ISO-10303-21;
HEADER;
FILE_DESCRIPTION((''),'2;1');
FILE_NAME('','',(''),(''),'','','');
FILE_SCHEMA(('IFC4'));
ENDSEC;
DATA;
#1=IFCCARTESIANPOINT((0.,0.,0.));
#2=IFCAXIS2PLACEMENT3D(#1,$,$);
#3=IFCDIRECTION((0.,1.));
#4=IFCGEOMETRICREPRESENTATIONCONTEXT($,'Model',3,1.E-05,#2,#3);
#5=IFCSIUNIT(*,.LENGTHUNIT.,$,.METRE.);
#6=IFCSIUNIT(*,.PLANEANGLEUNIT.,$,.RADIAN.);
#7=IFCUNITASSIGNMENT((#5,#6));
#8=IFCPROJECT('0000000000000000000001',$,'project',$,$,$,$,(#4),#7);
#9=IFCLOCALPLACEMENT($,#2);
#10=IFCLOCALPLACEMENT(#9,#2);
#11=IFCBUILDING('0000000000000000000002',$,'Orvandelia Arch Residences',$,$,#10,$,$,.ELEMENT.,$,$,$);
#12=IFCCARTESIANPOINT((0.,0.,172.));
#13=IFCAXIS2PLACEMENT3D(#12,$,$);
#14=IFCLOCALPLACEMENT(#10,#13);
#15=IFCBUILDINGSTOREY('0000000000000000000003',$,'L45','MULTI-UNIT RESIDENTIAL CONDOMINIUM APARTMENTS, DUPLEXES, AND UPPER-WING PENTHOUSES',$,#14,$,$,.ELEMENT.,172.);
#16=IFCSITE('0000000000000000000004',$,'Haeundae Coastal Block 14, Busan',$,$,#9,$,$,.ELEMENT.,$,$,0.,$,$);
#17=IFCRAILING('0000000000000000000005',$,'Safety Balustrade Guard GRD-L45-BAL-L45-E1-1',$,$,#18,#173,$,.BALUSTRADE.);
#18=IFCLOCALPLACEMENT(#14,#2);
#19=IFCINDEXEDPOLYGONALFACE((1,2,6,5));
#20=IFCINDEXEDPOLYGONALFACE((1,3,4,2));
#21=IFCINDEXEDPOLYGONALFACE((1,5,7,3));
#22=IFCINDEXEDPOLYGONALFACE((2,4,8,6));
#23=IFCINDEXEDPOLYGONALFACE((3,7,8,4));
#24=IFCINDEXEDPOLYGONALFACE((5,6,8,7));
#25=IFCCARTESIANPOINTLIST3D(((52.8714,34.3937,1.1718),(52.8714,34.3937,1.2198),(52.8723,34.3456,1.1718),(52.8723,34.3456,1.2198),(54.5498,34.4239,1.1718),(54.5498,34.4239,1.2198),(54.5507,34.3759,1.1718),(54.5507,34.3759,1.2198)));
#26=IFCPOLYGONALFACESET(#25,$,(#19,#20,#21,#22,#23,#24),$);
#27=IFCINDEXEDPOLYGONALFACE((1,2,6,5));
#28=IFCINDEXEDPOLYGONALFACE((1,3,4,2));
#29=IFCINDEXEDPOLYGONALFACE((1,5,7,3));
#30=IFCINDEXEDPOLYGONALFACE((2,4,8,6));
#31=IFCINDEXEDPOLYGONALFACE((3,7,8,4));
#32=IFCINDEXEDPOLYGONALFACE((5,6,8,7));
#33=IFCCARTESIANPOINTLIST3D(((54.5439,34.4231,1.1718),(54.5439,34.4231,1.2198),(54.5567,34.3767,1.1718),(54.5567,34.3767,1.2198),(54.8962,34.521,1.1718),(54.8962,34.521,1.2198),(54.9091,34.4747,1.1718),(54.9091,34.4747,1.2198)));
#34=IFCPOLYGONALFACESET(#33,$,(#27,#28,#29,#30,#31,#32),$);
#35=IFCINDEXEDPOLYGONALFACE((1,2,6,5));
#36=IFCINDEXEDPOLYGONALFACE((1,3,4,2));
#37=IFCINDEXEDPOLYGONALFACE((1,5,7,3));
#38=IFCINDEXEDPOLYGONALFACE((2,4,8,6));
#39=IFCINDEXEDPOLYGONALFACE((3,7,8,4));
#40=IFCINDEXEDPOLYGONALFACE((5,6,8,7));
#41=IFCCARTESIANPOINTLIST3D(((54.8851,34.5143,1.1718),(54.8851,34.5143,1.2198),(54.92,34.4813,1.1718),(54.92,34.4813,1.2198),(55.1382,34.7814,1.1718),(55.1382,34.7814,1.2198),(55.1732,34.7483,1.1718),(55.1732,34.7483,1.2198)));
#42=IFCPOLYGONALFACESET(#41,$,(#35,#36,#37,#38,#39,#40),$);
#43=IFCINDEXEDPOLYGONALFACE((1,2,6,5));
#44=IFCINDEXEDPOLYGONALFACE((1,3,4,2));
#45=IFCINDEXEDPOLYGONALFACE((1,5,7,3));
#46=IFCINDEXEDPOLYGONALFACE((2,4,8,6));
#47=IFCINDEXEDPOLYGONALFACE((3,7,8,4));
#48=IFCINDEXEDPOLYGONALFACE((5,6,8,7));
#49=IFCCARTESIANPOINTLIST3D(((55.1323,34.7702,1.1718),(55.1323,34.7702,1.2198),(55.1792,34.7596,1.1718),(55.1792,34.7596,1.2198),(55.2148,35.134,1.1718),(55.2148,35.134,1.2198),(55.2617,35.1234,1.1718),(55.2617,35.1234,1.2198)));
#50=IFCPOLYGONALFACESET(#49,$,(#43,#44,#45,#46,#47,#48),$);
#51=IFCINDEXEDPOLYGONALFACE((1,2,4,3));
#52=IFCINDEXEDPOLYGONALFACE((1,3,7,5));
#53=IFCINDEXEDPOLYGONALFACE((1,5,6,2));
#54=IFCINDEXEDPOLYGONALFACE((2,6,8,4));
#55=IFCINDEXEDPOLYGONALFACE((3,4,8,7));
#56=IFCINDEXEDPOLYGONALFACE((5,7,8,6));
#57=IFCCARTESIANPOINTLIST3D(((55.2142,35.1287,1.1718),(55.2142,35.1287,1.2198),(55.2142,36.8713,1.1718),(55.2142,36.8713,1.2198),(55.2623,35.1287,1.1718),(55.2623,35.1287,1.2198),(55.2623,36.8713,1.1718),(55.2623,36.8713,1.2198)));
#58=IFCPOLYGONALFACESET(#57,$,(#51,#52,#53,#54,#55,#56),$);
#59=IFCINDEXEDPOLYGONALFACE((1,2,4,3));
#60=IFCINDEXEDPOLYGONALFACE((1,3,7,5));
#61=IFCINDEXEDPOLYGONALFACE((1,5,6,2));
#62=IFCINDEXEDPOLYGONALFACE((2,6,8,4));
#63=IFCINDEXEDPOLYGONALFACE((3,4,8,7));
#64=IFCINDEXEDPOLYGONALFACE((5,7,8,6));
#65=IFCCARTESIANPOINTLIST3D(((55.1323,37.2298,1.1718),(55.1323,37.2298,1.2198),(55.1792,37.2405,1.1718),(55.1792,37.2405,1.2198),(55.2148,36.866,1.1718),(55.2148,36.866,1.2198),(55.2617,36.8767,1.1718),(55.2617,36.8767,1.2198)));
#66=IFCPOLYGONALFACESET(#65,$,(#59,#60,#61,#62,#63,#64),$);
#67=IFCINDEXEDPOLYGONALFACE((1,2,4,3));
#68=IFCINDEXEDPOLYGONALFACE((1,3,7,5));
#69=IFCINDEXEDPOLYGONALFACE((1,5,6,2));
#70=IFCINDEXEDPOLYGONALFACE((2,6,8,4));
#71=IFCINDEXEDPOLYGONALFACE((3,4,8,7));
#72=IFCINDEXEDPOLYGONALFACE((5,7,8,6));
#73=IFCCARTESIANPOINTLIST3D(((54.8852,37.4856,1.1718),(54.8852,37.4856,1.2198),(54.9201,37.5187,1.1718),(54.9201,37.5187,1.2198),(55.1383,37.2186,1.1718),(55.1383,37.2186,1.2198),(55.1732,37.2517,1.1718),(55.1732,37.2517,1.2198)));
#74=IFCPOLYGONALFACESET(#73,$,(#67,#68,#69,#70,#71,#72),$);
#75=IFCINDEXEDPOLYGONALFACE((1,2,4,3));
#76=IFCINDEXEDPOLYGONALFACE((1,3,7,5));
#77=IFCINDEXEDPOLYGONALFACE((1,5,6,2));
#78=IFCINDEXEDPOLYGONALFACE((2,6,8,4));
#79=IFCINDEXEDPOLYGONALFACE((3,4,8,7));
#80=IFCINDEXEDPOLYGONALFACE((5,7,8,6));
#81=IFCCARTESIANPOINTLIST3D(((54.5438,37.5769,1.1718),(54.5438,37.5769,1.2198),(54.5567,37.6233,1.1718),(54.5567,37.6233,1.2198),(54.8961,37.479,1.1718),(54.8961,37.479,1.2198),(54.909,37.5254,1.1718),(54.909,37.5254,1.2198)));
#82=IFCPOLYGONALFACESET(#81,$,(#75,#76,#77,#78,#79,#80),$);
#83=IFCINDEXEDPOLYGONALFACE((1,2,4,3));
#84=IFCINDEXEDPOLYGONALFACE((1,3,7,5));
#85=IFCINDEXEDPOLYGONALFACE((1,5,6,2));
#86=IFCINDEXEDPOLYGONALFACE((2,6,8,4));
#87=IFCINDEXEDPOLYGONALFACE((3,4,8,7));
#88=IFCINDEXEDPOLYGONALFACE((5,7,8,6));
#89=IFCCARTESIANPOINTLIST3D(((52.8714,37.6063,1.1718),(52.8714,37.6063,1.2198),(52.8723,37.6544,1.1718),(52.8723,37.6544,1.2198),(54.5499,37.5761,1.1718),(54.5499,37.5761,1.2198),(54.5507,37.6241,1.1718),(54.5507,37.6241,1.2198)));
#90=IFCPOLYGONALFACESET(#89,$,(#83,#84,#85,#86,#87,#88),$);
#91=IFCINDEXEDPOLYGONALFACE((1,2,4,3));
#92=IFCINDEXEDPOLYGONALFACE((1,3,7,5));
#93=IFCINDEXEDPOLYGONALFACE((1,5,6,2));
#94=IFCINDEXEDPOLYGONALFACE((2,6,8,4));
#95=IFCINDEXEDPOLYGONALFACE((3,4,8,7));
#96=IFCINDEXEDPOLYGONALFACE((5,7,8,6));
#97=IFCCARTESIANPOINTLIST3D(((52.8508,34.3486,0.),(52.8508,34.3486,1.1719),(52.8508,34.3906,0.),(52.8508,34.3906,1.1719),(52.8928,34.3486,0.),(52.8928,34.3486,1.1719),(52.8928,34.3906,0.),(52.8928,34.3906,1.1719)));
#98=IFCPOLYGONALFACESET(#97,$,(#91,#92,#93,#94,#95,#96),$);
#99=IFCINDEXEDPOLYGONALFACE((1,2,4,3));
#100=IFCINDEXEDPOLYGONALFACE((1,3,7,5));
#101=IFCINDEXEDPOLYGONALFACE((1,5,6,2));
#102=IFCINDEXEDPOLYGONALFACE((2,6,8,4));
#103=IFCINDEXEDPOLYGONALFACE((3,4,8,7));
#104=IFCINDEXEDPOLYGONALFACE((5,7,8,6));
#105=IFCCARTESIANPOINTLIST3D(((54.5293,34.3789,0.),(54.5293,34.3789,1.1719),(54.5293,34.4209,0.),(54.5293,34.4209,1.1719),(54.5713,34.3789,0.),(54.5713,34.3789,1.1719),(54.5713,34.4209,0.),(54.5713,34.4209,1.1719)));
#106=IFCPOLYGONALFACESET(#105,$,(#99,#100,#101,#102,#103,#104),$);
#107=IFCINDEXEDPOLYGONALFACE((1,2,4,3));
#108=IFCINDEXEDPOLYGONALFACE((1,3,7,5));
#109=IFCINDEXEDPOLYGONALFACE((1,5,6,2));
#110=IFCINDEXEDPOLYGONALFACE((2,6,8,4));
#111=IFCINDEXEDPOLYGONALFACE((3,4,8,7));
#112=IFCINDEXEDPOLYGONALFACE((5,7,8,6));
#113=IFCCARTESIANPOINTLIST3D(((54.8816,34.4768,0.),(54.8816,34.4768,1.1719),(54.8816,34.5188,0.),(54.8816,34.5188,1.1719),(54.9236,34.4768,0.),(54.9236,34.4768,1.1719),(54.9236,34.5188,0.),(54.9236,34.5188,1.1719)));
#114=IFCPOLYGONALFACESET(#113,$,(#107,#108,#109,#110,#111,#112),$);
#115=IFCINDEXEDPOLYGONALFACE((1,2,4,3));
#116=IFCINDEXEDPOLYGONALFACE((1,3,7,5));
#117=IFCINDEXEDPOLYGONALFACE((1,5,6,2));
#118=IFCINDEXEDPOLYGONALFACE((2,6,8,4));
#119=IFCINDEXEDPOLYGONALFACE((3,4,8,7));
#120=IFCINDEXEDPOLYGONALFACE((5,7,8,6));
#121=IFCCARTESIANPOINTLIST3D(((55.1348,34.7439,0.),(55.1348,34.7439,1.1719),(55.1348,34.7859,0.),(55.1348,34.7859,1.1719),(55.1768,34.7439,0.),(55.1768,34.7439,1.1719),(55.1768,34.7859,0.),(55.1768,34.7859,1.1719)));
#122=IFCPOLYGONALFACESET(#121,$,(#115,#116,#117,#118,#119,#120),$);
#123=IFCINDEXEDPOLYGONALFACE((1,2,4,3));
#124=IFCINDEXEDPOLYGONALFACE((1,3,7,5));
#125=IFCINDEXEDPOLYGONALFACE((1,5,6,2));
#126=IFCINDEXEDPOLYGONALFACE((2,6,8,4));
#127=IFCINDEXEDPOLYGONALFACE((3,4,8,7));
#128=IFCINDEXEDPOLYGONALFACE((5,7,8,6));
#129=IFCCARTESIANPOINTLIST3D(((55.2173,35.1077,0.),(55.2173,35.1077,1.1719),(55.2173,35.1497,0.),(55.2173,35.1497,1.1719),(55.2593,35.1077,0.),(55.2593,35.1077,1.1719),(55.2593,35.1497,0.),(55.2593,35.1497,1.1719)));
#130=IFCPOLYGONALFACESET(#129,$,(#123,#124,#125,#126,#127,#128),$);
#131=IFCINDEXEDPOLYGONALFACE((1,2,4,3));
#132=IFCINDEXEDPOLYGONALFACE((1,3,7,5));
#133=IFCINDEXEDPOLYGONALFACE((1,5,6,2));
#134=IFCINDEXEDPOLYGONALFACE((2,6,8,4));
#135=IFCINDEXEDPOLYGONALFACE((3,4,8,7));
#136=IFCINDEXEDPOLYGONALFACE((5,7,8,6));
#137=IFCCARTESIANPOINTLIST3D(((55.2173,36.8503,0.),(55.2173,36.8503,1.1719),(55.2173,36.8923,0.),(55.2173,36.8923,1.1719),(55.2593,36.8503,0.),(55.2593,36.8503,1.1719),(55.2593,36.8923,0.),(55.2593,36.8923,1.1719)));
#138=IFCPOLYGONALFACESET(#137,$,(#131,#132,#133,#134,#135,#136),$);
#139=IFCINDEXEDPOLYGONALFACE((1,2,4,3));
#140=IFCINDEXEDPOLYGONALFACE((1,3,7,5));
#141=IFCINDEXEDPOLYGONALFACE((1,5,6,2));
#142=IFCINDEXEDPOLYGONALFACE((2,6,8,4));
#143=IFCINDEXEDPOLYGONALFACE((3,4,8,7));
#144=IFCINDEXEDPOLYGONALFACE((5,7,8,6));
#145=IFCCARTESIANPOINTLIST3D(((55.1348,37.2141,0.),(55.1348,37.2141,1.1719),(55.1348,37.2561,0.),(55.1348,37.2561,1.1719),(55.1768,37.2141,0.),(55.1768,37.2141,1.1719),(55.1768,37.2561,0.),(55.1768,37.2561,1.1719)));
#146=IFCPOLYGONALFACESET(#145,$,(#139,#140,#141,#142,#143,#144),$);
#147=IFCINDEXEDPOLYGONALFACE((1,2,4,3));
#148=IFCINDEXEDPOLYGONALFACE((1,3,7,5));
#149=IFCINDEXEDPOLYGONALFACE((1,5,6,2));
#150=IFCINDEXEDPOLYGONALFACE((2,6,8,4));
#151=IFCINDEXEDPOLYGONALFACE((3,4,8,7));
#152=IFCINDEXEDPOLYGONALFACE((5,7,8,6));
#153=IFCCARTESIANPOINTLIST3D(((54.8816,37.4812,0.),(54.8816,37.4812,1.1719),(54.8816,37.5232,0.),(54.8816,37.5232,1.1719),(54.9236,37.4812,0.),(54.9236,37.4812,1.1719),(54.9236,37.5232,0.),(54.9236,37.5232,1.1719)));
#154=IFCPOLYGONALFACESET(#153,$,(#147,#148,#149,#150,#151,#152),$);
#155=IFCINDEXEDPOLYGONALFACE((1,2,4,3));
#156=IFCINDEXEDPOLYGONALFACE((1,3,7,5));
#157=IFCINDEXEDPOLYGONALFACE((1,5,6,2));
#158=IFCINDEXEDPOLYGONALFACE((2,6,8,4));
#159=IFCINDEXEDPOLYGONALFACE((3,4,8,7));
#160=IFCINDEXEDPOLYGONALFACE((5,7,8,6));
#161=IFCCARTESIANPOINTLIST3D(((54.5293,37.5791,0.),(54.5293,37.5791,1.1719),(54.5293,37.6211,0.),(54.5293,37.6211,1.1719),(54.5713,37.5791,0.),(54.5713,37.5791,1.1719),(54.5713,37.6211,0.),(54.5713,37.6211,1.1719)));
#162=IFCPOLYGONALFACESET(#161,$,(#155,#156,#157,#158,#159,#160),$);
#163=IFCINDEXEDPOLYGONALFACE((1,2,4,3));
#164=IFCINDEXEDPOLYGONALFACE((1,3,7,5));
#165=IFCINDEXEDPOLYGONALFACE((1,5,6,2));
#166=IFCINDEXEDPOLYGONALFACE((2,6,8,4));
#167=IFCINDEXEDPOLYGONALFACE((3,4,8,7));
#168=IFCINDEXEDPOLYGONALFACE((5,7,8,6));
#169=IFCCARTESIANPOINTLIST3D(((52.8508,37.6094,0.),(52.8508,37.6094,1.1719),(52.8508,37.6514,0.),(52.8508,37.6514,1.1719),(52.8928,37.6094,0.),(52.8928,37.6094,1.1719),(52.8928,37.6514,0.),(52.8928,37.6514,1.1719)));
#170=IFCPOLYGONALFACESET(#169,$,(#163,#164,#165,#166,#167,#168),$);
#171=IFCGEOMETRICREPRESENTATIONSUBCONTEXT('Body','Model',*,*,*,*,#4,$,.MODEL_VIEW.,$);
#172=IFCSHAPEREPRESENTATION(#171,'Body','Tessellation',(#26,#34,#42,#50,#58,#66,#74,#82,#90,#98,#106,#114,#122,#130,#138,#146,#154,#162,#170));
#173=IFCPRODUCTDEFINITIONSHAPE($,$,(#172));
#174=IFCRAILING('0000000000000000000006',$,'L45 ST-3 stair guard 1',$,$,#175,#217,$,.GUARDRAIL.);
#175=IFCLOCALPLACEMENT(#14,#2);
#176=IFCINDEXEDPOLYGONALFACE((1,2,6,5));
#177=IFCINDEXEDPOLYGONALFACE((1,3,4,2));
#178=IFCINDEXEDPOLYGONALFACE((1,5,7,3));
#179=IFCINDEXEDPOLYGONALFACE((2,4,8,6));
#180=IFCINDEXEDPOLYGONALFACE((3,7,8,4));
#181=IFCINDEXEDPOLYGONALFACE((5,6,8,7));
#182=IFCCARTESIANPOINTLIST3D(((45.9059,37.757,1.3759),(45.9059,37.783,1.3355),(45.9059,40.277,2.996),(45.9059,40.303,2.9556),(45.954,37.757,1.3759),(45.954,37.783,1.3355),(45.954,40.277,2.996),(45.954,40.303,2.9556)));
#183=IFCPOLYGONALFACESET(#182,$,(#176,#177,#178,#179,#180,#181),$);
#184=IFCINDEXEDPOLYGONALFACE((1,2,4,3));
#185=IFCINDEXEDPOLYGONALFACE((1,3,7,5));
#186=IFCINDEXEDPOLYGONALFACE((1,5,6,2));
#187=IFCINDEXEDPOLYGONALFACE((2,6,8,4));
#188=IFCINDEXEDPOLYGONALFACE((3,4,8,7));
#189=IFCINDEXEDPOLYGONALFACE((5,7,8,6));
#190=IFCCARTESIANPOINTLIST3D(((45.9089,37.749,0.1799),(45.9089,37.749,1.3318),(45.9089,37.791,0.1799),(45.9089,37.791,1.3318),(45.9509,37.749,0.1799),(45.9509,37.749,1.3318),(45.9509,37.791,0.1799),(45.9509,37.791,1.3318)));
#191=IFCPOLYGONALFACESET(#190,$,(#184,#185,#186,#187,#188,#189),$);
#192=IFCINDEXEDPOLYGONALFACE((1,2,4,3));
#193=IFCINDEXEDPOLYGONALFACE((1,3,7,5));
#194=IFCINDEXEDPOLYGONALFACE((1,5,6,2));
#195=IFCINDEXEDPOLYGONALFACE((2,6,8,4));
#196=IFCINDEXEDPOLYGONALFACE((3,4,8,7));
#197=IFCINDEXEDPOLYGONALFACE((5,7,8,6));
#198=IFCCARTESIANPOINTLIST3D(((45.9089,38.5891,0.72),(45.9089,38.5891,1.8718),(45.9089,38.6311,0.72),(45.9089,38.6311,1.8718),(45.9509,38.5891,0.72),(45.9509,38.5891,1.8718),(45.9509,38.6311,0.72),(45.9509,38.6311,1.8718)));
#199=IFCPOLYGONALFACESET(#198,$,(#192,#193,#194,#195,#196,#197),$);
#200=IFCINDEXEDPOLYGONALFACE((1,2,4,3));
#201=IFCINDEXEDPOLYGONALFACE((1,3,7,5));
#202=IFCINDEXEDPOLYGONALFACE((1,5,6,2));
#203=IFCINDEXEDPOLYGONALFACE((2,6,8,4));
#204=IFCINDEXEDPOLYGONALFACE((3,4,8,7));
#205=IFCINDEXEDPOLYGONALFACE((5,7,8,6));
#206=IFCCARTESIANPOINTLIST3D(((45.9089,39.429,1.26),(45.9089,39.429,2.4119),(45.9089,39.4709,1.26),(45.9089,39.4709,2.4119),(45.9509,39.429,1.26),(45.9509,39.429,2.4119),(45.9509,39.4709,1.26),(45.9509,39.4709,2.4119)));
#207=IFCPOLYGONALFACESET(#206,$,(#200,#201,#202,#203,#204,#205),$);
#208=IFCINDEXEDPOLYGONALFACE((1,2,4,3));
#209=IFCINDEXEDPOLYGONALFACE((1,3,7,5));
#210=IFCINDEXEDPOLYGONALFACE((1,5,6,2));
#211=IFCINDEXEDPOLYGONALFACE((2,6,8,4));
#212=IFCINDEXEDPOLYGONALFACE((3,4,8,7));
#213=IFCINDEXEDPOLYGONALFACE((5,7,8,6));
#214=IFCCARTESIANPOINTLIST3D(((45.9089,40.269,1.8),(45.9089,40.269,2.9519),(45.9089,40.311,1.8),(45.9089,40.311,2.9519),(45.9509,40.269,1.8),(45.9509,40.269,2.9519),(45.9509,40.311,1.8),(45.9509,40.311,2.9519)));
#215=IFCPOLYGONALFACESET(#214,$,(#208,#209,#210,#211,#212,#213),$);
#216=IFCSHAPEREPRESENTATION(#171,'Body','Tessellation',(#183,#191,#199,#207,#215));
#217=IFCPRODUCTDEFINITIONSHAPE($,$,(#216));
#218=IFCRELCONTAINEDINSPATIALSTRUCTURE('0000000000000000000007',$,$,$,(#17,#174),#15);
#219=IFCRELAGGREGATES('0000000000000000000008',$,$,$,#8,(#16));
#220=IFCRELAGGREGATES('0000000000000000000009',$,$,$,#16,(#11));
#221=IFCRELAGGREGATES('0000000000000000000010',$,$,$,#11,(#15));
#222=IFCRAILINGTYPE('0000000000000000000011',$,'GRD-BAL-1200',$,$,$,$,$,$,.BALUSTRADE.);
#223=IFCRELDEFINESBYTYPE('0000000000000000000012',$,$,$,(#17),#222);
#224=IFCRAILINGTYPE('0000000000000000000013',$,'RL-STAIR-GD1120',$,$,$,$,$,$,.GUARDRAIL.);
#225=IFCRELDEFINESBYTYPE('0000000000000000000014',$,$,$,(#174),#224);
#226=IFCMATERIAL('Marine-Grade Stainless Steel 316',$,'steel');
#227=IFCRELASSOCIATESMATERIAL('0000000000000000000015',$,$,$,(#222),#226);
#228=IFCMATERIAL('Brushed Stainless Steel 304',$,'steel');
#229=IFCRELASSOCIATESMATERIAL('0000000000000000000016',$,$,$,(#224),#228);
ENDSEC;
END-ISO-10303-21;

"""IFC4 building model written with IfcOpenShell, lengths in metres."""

from ifc_helpers import new_model, si_unit, direction, frame, origin, origin_2d, place, context, subcontext, project, spatial, rectangle, extrude, material, type_object, element, save


model = new_model("IFC4")

# Units and contexts
model_context = context("Model", 3, precision=1e-05, world=origin(), true_north=direction((0.0, 1.0)))
body_context = subcontext(model_context, "Body", "Model", "MODEL_VIEW")
ifc_project = project(units=[si_unit("LENGTHUNIT", "METRE"), si_unit("PLANEANGLEUNIT", "RADIAN")], contexts=[model_context])

# Site, building, storey
site_placement = place(None, origin())
site = spatial("IfcSite", under=ifc_project, at=site_placement, Name="Haeundae Coastal Block 14, Busan", CompositionType="ELEMENT", RefElevation=0.0)
building_placement = place(site_placement, origin())
building = spatial("IfcBuilding", under=site, at=building_placement, Name="Orvandelia Arch Residences", CompositionType="ELEMENT")
storey_placement = place(building_placement, frame((0.0, 0.0, 172.0)))
storey = spatial("IfcBuildingStorey", under=building, at=storey_placement, Name="L45", Description="MULTI-UNIT RESIDENTIAL CONDOMINIUM APARTMENTS, DUPLEXES, AND UPPER-WING PENTHOUSES", CompositionType="ELEMENT", Elevation=172.0)

# Railings
ifc_material_1 = material(Name="Marine-Grade Stainless Steel 316", Category="steel")
railing_type_1 = type_object("IfcRailingType", Name="GRD-BAL-1200", PredefinedType="BALUSTRADE", material=ifc_material_1)
railing_1_placement = place(storey_placement, frame((52.8718, 34.3696, 0.0)))
element("IfcRailing", 1, at=railing_1_placement, inside=storey, type_object=railing_type_1, Name="Safety Balustrade Guard GRD-L45-BAL-L45-E1-1", PredefinedType="BALUSTRADE", context=body_context, shape_type="SweptSolid", body=[
    extrude(rectangle(XDim=0.0481, YDim=0.0481, at=origin_2d()), frame((0.0, 0.0, 1.1958), z_axis=(0.999837, 0.018033, 0.0), x_axis=(-0.018033, 0.999837, 0.0)), (0.0, 0.0, 1.0), 1.6787),
    extrude(rectangle(XDim=0.0481, YDim=0.0481, at=origin_2d()), frame((1.6785, 0.0303, 1.1958), z_axis=(0.963489, 0.267747, 0.0), x_axis=(-0.267747, 0.963489, 0.0)), (0.0, 0.0, 1.0), 0.3657),
    extrude(rectangle(XDim=0.0481, YDim=0.0481, at=origin_2d()), frame((2.0308, 0.1282, 1.1958), z_axis=(0.687947, 0.725761, 0.0), x_axis=(-0.725761, 0.687947, 0.0)), (0.0, 0.0, 1.0), 0.3679),
    extrude(rectangle(XDim=0.0481, YDim=0.0481, at=origin_2d()), frame((2.2839, 0.3953, 1.1958), z_axis=(0.221225, 0.975223, 0.0), x_axis=(-0.975223, 0.221225, 0.0)), (0.0, 0.0, 1.0), 0.373),
    extrude(rectangle(XDim=0.0481, YDim=0.0481, at=origin_2d()), frame((2.3665, 0.759, 1.1958), z_axis=(0.0, 1.0, 0.0), x_axis=(-1.0, 0.0, 0.0)), (0.0, 0.0, 1.0), 1.7427),
    extrude(rectangle(XDim=0.0481, YDim=0.0481, at=origin_2d()), frame((2.3665, 2.5017, 1.1958), z_axis=(-0.221225, 0.975223, 0.0), x_axis=(-0.975223, -0.221225, 0.0)), (0.0, 0.0, 1.0), 0.373),
    extrude(rectangle(XDim=0.0481, YDim=0.0481, at=origin_2d()), frame((2.2839, 2.8655, 1.1958), z_axis=(-0.687947, 0.725761, 0.0), x_axis=(-0.725761, -0.687947, 0.0)), (0.0, 0.0, 1.0), 0.3679),
    extrude(rectangle(XDim=0.0481, YDim=0.0481, at=origin_2d()), frame((2.0308, 3.1326, 1.1958), z_axis=(-0.963489, 0.267747, 0.0), x_axis=(-0.267747, -0.963489, 0.0)), (0.0, 0.0, 1.0), 0.3657),
    extrude(rectangle(XDim=0.0481, YDim=0.0481, at=origin_2d()), frame((1.6785, 3.2305, 1.1958), z_axis=(-0.999837, 0.018033, 0.0), x_axis=(-0.018033, -0.999837, 0.0)), (0.0, 0.0, 1.0), 1.6787),
    extrude(rectangle(XDim=0.042, YDim=0.042, at=origin_2d()), origin(), (0.0, 0.0, 1.0), 1.1719),
    extrude(rectangle(XDim=0.042, YDim=0.042, at=origin_2d()), frame((1.6785, 0.0303, 0.0)), (0.0, 0.0, 1.0), 1.1719),
    extrude(rectangle(XDim=0.042, YDim=0.042, at=origin_2d()), frame((2.0308, 0.1282, 0.0)), (0.0, 0.0, 1.0), 1.1719),
    extrude(rectangle(XDim=0.042, YDim=0.042, at=origin_2d()), frame((2.2839, 0.3953, 0.0)), (0.0, 0.0, 1.0), 1.1719),
    extrude(rectangle(XDim=0.042, YDim=0.042, at=origin_2d()), frame((2.3665, 0.759, 0.0)), (0.0, 0.0, 1.0), 1.1719),
    extrude(rectangle(XDim=0.042, YDim=0.042, at=origin_2d()), frame((2.3665, 2.5017, 0.0)), (0.0, 0.0, 1.0), 1.1719),
    extrude(rectangle(XDim=0.042, YDim=0.042, at=origin_2d()), frame((2.2839, 2.8655, 0.0)), (0.0, 0.0, 1.0), 1.1719),
    extrude(rectangle(XDim=0.042, YDim=0.042, at=origin_2d()), frame((2.0308, 3.1326, 0.0)), (0.0, 0.0, 1.0), 1.1719),
    extrude(rectangle(XDim=0.042, YDim=0.042, at=origin_2d()), frame((1.6785, 3.2305, 0.0)), (0.0, 0.0, 1.0), 1.1719),
    extrude(rectangle(XDim=0.042, YDim=0.042, at=origin_2d()), frame((0.0, 3.2607, 0.0)), (0.0, 0.0, 1.0), 1.1719),
])
ifc_material_2 = material(Name="Brushed Stainless Steel 304", Category="steel")
railing_type_2 = type_object("IfcRailingType", Name="RL-STAIR-GD1120", PredefinedType="GUARDRAIL", material=ifc_material_2)
railing_2_placement = place(storey_placement, frame((45.9299, 37.77, 0.1799)))
element("IfcRailing", 2, at=railing_2_placement, inside=storey, type_object=railing_type_2, Name="L45 ST-3 stair guard 1", PredefinedType="GUARDRAIL", context=body_context, shape_type="SweptSolid", body=[
    extrude(rectangle(XDim=0.0481, YDim=0.0481, at=origin_2d()), frame((0.0, 0.0, 1.1758), z_axis=(0.0, 0.841163, 0.540782), x_axis=(-1.0, 0.0, 0.0)), (0.0, 0.0, 1.0), 2.9958),
    extrude(rectangle(XDim=0.042, YDim=0.042, at=origin_2d()), origin(), (0.0, 0.0, 1.0), 1.1519),
    extrude(rectangle(XDim=0.042, YDim=0.042, at=origin_2d()), frame((0.0, 0.8401, 0.54)), (0.0, 0.0, 1.0), 1.1519),
    extrude(rectangle(XDim=0.042, YDim=0.042, at=origin_2d()), frame((0.0, 1.6799, 1.0801)), (0.0, 0.0, 1.0), 1.1519),
    extrude(rectangle(XDim=0.042, YDim=0.042, at=origin_2d()), frame((0.0, 2.52, 1.6201)), (0.0, 0.0, 1.0), 1.1519),
])

save(model, "model.ifc")
